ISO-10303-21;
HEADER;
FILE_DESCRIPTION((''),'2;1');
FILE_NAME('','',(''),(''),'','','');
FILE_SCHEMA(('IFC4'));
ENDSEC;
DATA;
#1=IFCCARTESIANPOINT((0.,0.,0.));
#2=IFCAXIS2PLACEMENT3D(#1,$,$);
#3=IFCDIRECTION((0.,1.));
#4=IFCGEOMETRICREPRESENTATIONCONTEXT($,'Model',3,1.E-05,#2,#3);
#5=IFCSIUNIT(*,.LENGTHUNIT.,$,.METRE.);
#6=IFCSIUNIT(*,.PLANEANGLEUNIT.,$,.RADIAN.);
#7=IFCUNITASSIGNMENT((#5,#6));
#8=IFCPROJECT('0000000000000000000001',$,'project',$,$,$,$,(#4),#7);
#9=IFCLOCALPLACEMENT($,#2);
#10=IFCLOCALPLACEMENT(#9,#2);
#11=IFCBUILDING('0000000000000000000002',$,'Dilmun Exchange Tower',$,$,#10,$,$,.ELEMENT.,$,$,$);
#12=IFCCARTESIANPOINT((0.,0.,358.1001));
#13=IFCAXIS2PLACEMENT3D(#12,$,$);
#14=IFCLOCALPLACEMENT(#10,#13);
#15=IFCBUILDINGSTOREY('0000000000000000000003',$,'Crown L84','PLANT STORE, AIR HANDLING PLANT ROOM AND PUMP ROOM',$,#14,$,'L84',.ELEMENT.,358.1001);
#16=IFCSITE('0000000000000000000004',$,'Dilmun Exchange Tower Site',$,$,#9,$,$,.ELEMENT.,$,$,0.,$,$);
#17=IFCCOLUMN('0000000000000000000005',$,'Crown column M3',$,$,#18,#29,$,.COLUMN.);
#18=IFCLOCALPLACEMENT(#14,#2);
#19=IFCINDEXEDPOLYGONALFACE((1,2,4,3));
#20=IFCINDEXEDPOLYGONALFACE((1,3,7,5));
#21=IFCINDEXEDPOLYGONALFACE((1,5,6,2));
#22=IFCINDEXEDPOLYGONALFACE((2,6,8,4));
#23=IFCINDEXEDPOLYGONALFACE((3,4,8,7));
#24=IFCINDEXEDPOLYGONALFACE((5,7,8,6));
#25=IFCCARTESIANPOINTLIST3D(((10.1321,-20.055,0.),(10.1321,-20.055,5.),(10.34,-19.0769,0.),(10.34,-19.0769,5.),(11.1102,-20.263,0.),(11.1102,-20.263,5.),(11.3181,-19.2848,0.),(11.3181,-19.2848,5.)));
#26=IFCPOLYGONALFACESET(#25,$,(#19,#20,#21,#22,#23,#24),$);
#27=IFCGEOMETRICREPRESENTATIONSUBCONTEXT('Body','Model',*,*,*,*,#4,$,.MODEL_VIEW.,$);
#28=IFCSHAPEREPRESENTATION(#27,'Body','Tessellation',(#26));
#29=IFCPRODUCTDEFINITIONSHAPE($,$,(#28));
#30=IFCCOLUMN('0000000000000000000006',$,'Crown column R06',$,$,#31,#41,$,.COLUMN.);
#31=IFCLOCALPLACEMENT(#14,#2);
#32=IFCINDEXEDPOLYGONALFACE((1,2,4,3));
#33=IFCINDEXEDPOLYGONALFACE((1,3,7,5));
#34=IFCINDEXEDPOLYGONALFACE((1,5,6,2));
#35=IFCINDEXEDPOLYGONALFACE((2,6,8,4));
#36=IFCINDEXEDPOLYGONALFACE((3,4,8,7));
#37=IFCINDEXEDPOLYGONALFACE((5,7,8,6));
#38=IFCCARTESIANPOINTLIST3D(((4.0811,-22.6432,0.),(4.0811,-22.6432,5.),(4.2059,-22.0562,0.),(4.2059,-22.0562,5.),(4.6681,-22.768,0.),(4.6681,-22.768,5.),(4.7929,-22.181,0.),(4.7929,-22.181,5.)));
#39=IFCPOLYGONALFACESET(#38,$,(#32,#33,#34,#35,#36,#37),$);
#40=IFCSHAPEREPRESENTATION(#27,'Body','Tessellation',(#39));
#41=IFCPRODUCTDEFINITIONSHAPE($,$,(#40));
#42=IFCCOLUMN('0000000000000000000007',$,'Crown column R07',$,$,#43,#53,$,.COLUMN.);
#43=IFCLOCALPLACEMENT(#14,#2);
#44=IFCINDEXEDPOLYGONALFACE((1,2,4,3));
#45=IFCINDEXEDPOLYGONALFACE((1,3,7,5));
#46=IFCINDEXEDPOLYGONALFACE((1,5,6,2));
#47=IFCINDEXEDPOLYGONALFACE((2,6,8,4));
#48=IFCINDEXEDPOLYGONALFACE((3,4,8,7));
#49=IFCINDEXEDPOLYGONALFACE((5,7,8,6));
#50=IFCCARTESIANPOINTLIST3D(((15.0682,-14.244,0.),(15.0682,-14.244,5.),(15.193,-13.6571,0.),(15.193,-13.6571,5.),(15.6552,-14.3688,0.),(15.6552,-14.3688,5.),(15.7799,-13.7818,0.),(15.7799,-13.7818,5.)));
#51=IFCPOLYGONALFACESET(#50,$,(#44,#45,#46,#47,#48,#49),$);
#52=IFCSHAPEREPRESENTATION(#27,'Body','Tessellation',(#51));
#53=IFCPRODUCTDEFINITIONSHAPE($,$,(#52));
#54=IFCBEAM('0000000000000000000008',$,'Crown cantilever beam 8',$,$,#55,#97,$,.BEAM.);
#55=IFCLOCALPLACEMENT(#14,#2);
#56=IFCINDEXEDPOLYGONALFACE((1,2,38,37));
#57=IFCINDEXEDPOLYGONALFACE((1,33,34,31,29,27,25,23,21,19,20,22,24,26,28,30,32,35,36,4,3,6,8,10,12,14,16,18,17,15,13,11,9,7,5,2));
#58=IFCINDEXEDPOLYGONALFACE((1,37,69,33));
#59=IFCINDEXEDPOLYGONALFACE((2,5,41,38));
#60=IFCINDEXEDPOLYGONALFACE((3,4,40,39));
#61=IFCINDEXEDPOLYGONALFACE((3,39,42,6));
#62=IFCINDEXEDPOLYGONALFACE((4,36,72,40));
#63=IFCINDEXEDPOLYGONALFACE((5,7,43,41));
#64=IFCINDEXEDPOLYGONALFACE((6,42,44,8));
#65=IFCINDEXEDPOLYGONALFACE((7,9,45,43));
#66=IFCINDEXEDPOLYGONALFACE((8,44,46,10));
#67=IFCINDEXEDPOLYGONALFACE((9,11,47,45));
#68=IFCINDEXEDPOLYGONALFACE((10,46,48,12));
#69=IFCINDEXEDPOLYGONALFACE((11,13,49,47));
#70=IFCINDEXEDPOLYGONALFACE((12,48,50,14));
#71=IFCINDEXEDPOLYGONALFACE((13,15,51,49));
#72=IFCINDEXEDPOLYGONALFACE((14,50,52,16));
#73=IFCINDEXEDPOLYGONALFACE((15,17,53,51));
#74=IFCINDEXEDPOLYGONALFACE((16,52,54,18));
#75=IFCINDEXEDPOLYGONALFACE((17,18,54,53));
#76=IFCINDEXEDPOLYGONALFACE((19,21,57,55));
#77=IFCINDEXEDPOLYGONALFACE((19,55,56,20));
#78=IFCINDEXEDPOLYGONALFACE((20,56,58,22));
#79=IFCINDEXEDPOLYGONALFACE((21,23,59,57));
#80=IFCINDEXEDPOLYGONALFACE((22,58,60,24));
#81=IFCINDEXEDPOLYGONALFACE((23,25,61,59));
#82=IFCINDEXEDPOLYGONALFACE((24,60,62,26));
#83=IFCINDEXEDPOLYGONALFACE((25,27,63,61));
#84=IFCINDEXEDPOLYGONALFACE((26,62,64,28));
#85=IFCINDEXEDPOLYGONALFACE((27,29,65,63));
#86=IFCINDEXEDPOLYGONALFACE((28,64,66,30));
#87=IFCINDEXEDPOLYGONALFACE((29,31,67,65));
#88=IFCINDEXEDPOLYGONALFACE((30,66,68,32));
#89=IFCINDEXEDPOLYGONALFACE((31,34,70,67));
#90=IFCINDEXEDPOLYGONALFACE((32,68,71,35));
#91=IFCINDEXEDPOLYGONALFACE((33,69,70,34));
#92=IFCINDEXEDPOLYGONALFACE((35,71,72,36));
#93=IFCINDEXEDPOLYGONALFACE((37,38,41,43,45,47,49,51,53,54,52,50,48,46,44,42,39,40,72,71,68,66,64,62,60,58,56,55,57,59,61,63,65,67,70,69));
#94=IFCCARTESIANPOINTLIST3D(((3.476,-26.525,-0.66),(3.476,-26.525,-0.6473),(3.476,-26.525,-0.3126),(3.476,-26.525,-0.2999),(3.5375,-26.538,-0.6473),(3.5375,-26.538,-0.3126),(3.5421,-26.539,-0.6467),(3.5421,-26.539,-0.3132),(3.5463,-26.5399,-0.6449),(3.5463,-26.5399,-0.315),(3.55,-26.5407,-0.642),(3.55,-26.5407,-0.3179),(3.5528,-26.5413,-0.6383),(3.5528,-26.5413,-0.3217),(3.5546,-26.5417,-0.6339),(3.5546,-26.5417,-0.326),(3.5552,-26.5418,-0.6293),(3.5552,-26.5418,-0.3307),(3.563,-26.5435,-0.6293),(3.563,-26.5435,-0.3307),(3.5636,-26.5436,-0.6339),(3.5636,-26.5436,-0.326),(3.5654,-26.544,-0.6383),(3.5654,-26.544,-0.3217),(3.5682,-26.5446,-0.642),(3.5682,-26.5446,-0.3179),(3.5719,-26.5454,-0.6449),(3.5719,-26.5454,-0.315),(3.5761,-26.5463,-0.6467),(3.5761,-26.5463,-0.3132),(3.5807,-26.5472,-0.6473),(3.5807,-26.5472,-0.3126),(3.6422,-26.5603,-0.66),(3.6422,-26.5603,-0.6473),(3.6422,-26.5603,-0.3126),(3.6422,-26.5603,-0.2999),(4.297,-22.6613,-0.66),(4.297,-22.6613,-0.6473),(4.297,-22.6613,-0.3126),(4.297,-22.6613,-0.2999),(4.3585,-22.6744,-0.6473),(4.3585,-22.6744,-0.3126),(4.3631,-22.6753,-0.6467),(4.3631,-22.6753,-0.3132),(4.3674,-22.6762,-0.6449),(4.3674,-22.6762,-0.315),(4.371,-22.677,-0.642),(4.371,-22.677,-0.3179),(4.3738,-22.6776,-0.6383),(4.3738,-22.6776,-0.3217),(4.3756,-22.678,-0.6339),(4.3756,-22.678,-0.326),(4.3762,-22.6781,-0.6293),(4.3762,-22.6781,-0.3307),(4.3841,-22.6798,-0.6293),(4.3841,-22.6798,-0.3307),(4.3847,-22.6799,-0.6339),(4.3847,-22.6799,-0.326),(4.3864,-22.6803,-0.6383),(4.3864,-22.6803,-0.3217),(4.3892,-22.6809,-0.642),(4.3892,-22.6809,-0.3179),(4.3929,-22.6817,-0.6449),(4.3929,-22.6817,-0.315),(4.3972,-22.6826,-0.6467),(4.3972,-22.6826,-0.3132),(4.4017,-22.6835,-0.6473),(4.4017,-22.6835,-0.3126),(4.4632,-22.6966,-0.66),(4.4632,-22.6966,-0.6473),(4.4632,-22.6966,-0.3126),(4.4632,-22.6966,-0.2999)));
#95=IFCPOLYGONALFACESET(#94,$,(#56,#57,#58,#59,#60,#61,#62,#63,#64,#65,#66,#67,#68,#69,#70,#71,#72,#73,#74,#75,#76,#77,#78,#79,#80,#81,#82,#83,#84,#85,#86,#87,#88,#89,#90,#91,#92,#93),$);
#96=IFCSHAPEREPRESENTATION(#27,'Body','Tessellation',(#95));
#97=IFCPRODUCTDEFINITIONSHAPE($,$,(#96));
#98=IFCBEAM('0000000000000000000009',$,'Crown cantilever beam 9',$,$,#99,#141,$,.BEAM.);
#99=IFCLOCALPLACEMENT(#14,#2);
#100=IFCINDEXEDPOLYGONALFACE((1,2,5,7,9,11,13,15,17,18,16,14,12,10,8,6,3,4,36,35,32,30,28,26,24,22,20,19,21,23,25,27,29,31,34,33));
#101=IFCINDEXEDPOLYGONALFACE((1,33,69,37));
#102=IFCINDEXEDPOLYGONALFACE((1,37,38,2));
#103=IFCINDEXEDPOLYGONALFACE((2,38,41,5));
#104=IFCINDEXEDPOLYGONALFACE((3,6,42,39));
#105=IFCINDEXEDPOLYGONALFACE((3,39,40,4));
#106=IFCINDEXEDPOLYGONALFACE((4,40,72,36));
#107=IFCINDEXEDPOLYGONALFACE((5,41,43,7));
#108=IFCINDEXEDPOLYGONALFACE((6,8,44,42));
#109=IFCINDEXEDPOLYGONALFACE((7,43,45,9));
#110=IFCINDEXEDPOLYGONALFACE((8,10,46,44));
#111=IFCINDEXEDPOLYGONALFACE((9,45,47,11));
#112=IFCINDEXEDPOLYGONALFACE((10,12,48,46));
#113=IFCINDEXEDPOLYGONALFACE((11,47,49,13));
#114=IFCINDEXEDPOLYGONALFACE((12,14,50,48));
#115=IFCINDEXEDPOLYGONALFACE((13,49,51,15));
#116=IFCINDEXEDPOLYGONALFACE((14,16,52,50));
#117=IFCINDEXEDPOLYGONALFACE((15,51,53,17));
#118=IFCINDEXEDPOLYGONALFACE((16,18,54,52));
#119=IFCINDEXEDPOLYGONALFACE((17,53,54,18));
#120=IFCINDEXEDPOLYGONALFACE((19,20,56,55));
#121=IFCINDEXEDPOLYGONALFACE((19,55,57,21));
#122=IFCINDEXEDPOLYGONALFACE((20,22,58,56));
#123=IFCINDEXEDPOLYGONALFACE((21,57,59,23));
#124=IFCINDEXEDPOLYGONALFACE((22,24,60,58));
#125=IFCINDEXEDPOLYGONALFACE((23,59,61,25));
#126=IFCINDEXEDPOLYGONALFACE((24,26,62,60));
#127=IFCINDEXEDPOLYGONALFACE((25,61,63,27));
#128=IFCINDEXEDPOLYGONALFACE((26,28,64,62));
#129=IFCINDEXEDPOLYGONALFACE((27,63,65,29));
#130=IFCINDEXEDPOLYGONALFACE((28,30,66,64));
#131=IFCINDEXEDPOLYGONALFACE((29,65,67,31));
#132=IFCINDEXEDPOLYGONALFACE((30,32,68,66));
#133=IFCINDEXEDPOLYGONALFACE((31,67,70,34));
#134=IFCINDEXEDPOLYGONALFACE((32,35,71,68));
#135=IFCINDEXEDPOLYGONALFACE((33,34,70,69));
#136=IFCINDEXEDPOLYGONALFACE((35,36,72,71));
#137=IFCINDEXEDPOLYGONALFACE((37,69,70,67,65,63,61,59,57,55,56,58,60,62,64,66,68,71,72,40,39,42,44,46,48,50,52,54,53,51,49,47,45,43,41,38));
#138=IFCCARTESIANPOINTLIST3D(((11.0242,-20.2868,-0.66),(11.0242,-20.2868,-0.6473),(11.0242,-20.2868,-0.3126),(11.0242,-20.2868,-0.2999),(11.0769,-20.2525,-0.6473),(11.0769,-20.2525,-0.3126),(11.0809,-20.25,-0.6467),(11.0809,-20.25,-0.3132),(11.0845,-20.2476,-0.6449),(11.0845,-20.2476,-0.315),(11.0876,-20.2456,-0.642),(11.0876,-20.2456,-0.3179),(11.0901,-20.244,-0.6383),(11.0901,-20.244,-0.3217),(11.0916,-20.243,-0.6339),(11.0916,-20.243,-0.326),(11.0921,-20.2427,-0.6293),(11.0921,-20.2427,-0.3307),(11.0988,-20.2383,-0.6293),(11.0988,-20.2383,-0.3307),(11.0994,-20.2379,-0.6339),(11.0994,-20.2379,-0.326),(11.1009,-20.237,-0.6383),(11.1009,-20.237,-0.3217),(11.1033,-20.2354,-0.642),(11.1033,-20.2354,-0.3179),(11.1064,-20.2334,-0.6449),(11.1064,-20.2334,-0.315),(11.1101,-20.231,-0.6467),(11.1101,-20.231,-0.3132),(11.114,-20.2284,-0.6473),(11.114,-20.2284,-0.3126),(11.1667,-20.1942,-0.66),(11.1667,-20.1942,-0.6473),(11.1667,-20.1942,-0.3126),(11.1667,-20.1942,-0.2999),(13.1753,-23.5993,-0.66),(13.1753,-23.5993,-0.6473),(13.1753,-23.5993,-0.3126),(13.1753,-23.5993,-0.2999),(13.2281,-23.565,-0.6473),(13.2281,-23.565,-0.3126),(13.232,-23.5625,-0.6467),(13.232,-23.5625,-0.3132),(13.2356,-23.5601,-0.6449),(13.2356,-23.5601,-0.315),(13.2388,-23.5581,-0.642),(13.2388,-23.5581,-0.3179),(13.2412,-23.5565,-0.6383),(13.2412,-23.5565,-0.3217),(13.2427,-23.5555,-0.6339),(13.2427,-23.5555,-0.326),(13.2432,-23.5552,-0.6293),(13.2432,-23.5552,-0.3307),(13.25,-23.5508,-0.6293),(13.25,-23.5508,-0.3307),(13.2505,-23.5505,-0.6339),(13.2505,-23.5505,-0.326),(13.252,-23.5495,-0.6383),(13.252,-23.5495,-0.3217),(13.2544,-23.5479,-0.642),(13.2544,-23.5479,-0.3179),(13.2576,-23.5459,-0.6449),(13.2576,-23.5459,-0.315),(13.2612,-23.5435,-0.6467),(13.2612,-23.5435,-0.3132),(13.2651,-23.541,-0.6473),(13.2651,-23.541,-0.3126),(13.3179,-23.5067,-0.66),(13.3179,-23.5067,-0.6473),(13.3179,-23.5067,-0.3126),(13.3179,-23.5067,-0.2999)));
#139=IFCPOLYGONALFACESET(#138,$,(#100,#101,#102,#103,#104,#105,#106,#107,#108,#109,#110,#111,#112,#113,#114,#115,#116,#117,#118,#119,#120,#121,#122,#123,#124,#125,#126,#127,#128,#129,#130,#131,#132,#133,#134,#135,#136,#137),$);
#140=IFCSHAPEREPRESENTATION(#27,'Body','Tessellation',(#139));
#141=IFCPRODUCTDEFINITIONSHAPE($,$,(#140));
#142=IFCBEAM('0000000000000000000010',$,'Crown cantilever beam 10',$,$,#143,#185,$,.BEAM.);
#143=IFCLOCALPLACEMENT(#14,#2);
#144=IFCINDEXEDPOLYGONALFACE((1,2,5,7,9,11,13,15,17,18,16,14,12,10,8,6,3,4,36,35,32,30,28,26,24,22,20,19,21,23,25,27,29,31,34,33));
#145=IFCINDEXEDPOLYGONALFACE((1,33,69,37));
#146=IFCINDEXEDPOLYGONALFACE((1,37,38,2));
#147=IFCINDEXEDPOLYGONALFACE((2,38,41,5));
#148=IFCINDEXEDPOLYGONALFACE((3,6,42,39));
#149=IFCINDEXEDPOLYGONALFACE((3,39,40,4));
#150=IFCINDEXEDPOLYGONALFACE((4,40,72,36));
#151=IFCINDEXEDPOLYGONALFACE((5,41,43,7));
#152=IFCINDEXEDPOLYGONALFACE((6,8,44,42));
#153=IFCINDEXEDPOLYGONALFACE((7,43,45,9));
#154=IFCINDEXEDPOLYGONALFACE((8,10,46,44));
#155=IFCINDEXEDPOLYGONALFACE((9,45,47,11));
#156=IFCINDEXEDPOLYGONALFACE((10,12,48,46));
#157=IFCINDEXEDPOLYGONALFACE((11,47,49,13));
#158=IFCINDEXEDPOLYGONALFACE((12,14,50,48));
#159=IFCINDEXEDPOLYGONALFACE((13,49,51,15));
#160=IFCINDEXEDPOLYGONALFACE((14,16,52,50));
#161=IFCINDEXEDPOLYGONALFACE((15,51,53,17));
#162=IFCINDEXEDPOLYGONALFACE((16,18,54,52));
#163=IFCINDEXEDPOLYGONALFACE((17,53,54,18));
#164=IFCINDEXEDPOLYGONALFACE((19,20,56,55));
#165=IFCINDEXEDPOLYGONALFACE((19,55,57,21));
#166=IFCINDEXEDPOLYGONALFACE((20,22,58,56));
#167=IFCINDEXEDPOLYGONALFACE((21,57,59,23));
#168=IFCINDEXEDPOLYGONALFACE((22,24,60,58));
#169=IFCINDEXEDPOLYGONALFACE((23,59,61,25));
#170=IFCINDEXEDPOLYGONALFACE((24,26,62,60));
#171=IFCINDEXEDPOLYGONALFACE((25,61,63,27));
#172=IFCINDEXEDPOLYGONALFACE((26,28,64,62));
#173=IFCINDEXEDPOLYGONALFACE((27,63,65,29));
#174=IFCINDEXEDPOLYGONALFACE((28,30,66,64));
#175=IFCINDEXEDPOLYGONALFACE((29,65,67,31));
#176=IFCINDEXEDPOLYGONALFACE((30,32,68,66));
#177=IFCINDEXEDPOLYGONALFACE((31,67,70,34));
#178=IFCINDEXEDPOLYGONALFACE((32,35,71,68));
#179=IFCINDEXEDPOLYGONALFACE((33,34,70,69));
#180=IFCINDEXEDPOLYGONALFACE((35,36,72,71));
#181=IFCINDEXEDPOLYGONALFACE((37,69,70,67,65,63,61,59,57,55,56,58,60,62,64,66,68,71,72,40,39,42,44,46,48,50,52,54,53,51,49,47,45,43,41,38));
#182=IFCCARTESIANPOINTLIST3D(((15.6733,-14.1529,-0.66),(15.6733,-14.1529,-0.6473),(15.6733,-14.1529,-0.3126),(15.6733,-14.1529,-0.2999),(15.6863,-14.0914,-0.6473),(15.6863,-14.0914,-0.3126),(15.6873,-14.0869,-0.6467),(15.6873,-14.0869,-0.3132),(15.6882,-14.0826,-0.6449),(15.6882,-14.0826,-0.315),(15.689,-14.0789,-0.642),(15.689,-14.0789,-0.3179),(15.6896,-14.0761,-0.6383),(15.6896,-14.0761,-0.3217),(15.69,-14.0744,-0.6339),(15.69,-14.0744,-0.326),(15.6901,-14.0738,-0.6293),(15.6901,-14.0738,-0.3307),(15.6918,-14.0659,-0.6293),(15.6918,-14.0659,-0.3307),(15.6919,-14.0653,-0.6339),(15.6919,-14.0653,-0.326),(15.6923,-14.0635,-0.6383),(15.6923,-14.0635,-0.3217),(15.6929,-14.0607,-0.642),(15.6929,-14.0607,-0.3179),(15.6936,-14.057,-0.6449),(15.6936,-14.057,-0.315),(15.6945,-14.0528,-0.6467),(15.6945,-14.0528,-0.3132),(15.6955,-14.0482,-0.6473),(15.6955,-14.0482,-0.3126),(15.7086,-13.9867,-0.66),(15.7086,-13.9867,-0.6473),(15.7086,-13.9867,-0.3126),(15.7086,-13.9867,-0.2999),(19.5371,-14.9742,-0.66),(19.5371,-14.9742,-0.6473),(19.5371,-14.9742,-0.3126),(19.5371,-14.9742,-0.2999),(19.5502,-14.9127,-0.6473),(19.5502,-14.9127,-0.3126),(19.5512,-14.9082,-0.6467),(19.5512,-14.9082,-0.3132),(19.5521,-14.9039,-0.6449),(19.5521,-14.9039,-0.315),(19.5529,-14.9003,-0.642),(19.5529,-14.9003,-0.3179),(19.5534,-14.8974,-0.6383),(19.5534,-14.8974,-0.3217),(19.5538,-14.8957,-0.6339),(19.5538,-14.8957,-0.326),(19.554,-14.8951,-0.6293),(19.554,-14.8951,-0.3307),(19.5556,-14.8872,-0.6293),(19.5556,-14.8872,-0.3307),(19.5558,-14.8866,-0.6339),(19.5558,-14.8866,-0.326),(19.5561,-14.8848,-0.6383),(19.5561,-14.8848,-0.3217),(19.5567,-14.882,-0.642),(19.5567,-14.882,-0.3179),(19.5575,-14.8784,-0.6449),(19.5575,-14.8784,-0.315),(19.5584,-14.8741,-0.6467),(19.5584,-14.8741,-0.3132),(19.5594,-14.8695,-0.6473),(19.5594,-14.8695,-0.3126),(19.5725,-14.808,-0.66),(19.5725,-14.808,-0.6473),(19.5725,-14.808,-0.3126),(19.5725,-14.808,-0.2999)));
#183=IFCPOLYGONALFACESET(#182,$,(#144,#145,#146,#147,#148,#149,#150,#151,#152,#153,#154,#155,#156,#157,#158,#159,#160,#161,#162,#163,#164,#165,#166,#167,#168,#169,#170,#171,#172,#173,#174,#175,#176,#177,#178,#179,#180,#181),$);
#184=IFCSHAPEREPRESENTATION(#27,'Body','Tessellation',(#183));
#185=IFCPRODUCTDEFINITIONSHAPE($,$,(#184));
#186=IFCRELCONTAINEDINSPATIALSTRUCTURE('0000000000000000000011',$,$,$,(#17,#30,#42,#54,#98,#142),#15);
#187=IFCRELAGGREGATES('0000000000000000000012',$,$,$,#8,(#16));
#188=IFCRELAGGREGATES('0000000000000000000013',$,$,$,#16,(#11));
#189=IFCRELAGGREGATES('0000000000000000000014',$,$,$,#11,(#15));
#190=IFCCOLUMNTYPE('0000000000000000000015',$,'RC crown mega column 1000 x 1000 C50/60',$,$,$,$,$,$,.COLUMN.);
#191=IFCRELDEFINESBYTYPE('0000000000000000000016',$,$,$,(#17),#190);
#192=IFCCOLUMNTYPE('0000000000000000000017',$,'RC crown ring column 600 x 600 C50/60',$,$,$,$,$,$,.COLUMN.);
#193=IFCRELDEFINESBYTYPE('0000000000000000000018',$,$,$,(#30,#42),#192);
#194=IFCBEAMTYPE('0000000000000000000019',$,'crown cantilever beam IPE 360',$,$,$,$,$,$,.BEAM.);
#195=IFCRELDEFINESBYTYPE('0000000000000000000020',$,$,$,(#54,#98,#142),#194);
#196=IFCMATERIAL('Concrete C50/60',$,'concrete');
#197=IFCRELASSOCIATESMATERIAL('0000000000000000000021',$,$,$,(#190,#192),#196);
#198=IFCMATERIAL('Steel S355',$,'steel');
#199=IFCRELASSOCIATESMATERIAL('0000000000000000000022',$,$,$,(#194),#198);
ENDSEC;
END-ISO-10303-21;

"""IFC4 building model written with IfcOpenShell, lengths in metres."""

from ifc_helpers import new_model, si_unit, direction, frame, origin, origin_2d, place, context, subcontext, project, spatial, rectangle, i_section, extrude, material, material_profile, profile_set, type_object, element, save


model = new_model("IFC4")

# Units and contexts
model_context = context("Model", 3, precision=1e-05, world=origin(), true_north=direction((0.0, 1.0)))
body_context = subcontext(model_context, "Body", "Model", "MODEL_VIEW")
ifc_project = project(units=[si_unit("LENGTHUNIT", "METRE"), si_unit("PLANEANGLEUNIT", "RADIAN")], contexts=[model_context])

# Site, building, storey
site_placement = place(None, origin())
site = spatial("IfcSite", under=ifc_project, at=site_placement, Name="Dilmun Exchange Tower Site", CompositionType="ELEMENT", RefElevation=0.0)
building_placement = place(site_placement, origin())
building = spatial("IfcBuilding", under=site, at=building_placement, Name="Dilmun Exchange Tower", CompositionType="ELEMENT")
storey_placement = place(building_placement, frame((0.0, 0.0, 358.1001)))
storey = spatial("IfcBuildingStorey", under=building, at=storey_placement, Name="Crown L84", Description="PLANT STORE, AIR HANDLING PLANT ROOM AND PUMP ROOM", LongName="L84", CompositionType="ELEMENT", Elevation=358.1001)

# Columns
ifc_material_1 = material(Name="Concrete C50/60", Category="concrete")
ifc_material_profile_1 = material_profile(ifc_material_1, rectangle(XDim=1.0, YDim=1.0, at=origin_2d()), Name="1000 x 1000")
ifc_profile_set_1 = profile_set([ifc_material_profile_1], Name="Concrete C50/60")
column_type_1 = type_object("IfcColumnType", Name="RC crown mega column 1000 x 1000 C50/60", PredefinedType="COLUMN", material=ifc_profile_set_1)
column_placement = place(storey_placement, frame((10.7251, -19.6699, 0.0), z_axis=(0.0, 0.0, 1.0), x_axis=(0.207912, 0.978148, 0.0)))
element("IfcColumn", 1, at=column_placement, inside=storey, type_object=column_type_1, Name="Crown column M3", PredefinedType="COLUMN", context=body_context, shape_type="SweptSolid", body=[
    extrude(rectangle(XDim=1.0, YDim=1.0, at=origin_2d()), origin(), (0.0, 0.0, 1.0), 5.0),
])
ifc_material_profile_2 = material_profile(ifc_material_1, rectangle(XDim=0.6001, YDim=0.6001, at=origin_2d()), Name="600 x 600")
ifc_profile_set_2 = profile_set([ifc_material_profile_2], Name="Concrete C50/60")
column_type_2 = type_object("IfcColumnType", Name="RC crown ring column 600 x 600 C50/60", PredefinedType="COLUMN", material=ifc_profile_set_2)
for number, where, z_axis, x_axis, name in (
    (2, (4.437, -22.4121, 0.0), (0.0, 0.0, 1.0), (0.207912, 0.978148, 0.0), "Crown column R06"),
    (3, (15.4241, -14.0129, 0.0), (0.0, 0.0, 1.0), (0.207912, 0.978148, 0.0), "Crown column R07"),
):
    element("IfcColumn", number, at=place(storey_placement, frame(where, z_axis=z_axis, x_axis=x_axis)), inside=storey, type_object=column_type_2, Name=name, PredefinedType="COLUMN", context=body_context, shape_type="SweptSolid", body=[
        extrude(rectangle(XDim=0.6001, YDim=0.6001, at=origin_2d()), origin(), (0.0, 0.0, 1.0), 5.0),
    ])

# Beams
ifc_material_2 = material(Name="Steel S355", Category="steel")
ifc_material_profile_3 = material_profile(ifc_material_2, i_section(OverallWidth=0.1699, OverallDepth=0.3601, WebThickness=0.0081, FlangeThickness=0.0127, FilletRadius=0.0181, at=origin_2d()), Name="IPE 360")
ifc_profile_set_3 = profile_set([ifc_material_profile_3], Name="Steel S355")
beam_type_1 = type_object("IfcBeamType", Name="crown cantilever beam IPE 360", PredefinedType="BEAM", material=ifc_profile_set_3)
beam_1_placement = place(storey_placement, frame((4.3801, -22.679, -0.48), z_axis=(-0.207857, -0.978159, 0.0), x_axis=(0.978159, -0.207857, 0.0)))
element("IfcBeam", 4, at=beam_1_placement, inside=storey, type_object=beam_type_1, Name="Crown cantilever beam 8", PredefinedType="BEAM", context=body_context, shape_type="SweptSolid", body=[
    extrude(i_section(OverallWidth=0.1699, OverallDepth=0.3601, WebThickness=0.0081, FlangeThickness=0.0127, FilletRadius=0.0181, at=origin_2d()), origin(), (0.0, 0.0, 1.0), 3.95),
])
beam_2_placement = place(storey_placement, frame((11.0955, -20.2405, -0.48), z_axis=(0.544632, -0.838675, 0.0), x_axis=(0.838675, 0.544632, 0.0)))
element("IfcBeam", 5, at=beam_2_placement, inside=storey, type_object=beam_type_1, Name="Crown cantilever beam 9", PredefinedType="BEAM", context=body_context, shape_type="SweptSolid", body=[
    extrude(i_section(OverallWidth=0.1699, OverallDepth=0.3601, WebThickness=0.0081, FlangeThickness=0.0127, FilletRadius=0.0181, at=origin_2d()), origin(), (0.0, 0.0, 1.0), 3.9497),
])
beam_3_placement = place(storey_placement, frame((15.6909, -14.0698, -0.48), z_axis=(0.978147, -0.207916, 0.0), x_axis=(0.207916, 0.978147, 0.0)))
element("IfcBeam", 6, at=beam_3_placement, inside=storey, type_object=beam_type_1, Name="Crown cantilever beam 10", PredefinedType="BEAM", context=body_context, shape_type="SweptSolid", body=[
    extrude(i_section(OverallWidth=0.1699, OverallDepth=0.3601, WebThickness=0.0081, FlangeThickness=0.0127, FilletRadius=0.0181, at=origin_2d()), origin(), (0.0, 0.0, 1.0), 3.9502),
])

save(model, "model.ifc")
